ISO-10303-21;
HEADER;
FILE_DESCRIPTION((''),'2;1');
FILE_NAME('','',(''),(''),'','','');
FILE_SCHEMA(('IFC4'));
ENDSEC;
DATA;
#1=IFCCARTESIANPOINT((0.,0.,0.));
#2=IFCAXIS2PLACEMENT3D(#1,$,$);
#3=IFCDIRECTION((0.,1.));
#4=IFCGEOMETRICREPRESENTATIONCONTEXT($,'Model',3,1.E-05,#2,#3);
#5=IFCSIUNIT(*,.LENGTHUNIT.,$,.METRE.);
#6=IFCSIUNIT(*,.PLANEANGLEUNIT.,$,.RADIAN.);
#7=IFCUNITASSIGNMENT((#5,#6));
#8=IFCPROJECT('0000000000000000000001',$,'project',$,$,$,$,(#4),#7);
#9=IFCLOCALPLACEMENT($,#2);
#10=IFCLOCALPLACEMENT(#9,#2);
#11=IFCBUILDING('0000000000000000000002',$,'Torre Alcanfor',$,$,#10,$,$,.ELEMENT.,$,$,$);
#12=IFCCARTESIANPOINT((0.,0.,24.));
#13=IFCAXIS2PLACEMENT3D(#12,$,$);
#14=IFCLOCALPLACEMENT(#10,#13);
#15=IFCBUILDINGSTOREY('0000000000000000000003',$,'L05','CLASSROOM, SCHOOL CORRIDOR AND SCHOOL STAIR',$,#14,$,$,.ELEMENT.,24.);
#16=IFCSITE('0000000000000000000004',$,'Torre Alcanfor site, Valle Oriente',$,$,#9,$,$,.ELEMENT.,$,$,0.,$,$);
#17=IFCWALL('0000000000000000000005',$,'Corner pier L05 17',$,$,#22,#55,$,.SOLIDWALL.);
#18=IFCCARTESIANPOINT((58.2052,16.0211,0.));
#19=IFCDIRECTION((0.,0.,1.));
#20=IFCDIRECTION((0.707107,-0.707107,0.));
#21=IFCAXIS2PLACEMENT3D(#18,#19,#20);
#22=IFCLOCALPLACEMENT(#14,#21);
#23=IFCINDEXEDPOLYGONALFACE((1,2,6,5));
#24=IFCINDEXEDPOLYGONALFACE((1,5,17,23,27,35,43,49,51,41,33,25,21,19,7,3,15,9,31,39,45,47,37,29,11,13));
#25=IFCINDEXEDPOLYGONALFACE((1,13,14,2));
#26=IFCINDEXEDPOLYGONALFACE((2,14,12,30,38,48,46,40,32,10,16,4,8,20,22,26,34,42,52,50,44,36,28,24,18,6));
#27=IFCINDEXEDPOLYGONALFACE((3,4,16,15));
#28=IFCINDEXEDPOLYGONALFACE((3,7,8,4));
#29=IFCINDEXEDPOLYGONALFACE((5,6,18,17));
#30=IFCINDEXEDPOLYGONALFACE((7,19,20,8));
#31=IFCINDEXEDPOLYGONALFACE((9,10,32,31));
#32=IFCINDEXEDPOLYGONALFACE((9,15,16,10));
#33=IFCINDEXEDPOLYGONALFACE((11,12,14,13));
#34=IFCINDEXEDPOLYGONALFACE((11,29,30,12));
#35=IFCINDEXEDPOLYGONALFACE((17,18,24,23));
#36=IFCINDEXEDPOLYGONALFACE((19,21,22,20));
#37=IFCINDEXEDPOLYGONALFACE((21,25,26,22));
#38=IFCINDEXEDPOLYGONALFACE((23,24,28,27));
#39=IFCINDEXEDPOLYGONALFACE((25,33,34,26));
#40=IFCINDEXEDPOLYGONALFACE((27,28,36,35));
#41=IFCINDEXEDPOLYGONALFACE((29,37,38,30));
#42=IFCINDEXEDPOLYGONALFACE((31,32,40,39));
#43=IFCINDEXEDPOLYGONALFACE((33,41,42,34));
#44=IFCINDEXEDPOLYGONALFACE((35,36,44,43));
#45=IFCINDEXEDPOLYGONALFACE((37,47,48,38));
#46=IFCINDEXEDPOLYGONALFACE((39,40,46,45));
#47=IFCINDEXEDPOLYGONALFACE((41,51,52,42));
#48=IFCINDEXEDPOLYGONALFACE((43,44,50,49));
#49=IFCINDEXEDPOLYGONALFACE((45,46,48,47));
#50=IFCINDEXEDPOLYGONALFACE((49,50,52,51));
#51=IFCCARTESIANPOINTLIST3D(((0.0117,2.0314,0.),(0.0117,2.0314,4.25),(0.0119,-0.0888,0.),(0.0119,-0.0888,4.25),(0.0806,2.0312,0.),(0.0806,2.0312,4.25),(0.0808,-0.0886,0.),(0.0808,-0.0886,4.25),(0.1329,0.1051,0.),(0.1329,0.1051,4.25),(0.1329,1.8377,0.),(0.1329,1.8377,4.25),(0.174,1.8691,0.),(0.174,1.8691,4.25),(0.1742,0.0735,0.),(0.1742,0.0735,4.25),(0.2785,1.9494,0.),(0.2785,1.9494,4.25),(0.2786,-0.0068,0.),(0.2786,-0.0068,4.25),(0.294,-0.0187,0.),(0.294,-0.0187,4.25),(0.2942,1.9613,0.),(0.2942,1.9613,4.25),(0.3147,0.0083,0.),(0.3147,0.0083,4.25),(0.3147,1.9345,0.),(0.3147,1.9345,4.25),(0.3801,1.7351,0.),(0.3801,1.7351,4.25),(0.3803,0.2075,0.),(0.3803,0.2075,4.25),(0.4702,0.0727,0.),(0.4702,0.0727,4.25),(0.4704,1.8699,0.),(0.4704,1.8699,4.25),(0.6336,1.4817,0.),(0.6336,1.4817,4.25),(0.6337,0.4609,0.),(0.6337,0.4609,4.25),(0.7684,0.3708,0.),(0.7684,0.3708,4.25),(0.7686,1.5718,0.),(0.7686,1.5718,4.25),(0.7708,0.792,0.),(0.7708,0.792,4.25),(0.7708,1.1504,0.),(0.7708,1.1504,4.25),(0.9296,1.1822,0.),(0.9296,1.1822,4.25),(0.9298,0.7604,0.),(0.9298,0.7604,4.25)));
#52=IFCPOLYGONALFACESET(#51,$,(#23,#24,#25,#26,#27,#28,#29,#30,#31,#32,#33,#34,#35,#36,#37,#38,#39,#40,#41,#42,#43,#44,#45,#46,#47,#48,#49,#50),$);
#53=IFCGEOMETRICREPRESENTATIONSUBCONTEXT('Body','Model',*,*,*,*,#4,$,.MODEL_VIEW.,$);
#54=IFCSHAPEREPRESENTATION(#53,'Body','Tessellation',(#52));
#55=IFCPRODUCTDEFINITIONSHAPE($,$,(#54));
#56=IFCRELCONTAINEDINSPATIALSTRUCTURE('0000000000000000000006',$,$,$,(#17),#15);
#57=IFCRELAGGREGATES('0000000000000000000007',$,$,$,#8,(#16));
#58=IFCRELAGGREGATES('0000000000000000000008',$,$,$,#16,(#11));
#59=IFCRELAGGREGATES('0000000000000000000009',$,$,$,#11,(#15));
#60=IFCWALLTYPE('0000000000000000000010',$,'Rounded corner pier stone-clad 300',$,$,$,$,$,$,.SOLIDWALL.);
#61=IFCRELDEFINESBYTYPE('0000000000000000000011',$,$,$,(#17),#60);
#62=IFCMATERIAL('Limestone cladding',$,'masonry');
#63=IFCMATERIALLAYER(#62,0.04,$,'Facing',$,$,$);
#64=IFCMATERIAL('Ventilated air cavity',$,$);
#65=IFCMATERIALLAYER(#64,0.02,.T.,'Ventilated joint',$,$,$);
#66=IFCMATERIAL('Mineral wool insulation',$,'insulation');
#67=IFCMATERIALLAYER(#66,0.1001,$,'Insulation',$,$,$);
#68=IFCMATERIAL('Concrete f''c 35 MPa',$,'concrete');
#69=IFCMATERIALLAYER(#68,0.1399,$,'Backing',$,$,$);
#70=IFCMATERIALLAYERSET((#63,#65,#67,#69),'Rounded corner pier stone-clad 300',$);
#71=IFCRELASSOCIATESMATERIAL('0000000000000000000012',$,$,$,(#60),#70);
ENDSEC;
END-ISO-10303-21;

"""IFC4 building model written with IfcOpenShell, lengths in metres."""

from ifc_helpers import new_model, si_unit, direction, frame, origin, place, context, subcontext, project, spatial, polyline, outline, extrude, material, layer, layer_set, type_object, element, save


model = new_model("IFC4")

# Units and contexts
model_context = context("Model", 3, precision=1e-05, world=origin(), true_north=direction((0.0, 1.0)))
body_context = subcontext(model_context, "Body", "Model", "MODEL_VIEW")
ifc_project = project(units=[si_unit("LENGTHUNIT", "METRE"), si_unit("PLANEANGLEUNIT", "RADIAN")], contexts=[model_context])

# Site, building, storey
site_placement = place(None, origin())
site = spatial("IfcSite", under=ifc_project, at=site_placement, Name="Torre Alcanfor site, Valle Oriente", CompositionType="ELEMENT", RefElevation=0.0)
building_placement = place(site_placement, origin())
building = spatial("IfcBuilding", under=site, at=building_placement, Name="Torre Alcanfor", CompositionType="ELEMENT")
storey_placement = place(building_placement, frame((0.0, 0.0, 24.0)))
storey = spatial("IfcBuildingStorey", under=building, at=storey_placement, Name="L05", Description="CLASSROOM, SCHOOL CORRIDOR AND SCHOOL STAIR", CompositionType="ELEMENT", Elevation=24.0)

# Wall
ifc_material_1 = material(Name="Limestone cladding", Category="masonry")
ifc_layer_1 = layer(ifc_material_1, 0.04, Name="Facing")
ifc_material_2 = material(Name="Ventilated air cavity")
ifc_layer_2 = layer(ifc_material_2, 0.02, ventilated=True, Name="Ventilated joint")
ifc_material_3 = material(Name="Mineral wool insulation", Category="insulation")
ifc_layer_3 = layer(ifc_material_3, 0.1001, Name="Insulation")
ifc_material_4 = material(Name="Concrete f'c 35 MPa", Category="concrete")
ifc_layer_4 = layer(ifc_material_4, 0.1399, Name="Backing")
ifc_layer_set_1 = layer_set([ifc_layer_1, ifc_layer_2, ifc_layer_3, ifc_layer_4], Name="Rounded corner pier stone-clad 300")
wall_type_1 = type_object("IfcWallType", Name="Rounded corner pier stone-clad 300", PredefinedType="SOLIDWALL", material=ifc_layer_set_1)
wall_1_placement = place(storey_placement, frame((58.2052, 16.0211, 0.0), z_axis=(0.0, 0.0, 1.0), x_axis=(0.707107, -0.707107, 0.0)))
element("IfcWall", 1, at=wall_1_placement, inside=storey, type_object=wall_type_1, Name="Corner pier L05 17", PredefinedType="SOLIDWALL", context=body_context, shape_type="SweptSolid", body=[
    extrude(outline(polyline([(0.2942, 1.9613), (0.2785, 1.9494), (0.0806, 2.0312), (0.0117, 2.0314), (0.174, 1.8691), (0.1329, 1.8377), (0.3801, 1.7351), (0.6336, 1.4817), (0.7708, 1.1504), (0.7708, 0.792), (0.6337, 0.4609), (0.3803, 0.2075), (0.1329, 0.1051), (0.1742, 0.0735), (0.0119, -0.0888), (0.0808, -0.0886), (0.2786, -0.0068), (0.294, -0.0187), (0.3147, 0.0083), (0.4702, 0.0727), (0.7684, 0.3708), (0.9298, 0.7604), (0.9296, 1.1822), (0.7686, 1.5718), (0.4704, 1.8699), (0.3147, 1.9345), (0.2942, 1.9613)])), origin(), (0.0, 0.0, 1.0), 4.25),
])

save(model, "model.ifc")
